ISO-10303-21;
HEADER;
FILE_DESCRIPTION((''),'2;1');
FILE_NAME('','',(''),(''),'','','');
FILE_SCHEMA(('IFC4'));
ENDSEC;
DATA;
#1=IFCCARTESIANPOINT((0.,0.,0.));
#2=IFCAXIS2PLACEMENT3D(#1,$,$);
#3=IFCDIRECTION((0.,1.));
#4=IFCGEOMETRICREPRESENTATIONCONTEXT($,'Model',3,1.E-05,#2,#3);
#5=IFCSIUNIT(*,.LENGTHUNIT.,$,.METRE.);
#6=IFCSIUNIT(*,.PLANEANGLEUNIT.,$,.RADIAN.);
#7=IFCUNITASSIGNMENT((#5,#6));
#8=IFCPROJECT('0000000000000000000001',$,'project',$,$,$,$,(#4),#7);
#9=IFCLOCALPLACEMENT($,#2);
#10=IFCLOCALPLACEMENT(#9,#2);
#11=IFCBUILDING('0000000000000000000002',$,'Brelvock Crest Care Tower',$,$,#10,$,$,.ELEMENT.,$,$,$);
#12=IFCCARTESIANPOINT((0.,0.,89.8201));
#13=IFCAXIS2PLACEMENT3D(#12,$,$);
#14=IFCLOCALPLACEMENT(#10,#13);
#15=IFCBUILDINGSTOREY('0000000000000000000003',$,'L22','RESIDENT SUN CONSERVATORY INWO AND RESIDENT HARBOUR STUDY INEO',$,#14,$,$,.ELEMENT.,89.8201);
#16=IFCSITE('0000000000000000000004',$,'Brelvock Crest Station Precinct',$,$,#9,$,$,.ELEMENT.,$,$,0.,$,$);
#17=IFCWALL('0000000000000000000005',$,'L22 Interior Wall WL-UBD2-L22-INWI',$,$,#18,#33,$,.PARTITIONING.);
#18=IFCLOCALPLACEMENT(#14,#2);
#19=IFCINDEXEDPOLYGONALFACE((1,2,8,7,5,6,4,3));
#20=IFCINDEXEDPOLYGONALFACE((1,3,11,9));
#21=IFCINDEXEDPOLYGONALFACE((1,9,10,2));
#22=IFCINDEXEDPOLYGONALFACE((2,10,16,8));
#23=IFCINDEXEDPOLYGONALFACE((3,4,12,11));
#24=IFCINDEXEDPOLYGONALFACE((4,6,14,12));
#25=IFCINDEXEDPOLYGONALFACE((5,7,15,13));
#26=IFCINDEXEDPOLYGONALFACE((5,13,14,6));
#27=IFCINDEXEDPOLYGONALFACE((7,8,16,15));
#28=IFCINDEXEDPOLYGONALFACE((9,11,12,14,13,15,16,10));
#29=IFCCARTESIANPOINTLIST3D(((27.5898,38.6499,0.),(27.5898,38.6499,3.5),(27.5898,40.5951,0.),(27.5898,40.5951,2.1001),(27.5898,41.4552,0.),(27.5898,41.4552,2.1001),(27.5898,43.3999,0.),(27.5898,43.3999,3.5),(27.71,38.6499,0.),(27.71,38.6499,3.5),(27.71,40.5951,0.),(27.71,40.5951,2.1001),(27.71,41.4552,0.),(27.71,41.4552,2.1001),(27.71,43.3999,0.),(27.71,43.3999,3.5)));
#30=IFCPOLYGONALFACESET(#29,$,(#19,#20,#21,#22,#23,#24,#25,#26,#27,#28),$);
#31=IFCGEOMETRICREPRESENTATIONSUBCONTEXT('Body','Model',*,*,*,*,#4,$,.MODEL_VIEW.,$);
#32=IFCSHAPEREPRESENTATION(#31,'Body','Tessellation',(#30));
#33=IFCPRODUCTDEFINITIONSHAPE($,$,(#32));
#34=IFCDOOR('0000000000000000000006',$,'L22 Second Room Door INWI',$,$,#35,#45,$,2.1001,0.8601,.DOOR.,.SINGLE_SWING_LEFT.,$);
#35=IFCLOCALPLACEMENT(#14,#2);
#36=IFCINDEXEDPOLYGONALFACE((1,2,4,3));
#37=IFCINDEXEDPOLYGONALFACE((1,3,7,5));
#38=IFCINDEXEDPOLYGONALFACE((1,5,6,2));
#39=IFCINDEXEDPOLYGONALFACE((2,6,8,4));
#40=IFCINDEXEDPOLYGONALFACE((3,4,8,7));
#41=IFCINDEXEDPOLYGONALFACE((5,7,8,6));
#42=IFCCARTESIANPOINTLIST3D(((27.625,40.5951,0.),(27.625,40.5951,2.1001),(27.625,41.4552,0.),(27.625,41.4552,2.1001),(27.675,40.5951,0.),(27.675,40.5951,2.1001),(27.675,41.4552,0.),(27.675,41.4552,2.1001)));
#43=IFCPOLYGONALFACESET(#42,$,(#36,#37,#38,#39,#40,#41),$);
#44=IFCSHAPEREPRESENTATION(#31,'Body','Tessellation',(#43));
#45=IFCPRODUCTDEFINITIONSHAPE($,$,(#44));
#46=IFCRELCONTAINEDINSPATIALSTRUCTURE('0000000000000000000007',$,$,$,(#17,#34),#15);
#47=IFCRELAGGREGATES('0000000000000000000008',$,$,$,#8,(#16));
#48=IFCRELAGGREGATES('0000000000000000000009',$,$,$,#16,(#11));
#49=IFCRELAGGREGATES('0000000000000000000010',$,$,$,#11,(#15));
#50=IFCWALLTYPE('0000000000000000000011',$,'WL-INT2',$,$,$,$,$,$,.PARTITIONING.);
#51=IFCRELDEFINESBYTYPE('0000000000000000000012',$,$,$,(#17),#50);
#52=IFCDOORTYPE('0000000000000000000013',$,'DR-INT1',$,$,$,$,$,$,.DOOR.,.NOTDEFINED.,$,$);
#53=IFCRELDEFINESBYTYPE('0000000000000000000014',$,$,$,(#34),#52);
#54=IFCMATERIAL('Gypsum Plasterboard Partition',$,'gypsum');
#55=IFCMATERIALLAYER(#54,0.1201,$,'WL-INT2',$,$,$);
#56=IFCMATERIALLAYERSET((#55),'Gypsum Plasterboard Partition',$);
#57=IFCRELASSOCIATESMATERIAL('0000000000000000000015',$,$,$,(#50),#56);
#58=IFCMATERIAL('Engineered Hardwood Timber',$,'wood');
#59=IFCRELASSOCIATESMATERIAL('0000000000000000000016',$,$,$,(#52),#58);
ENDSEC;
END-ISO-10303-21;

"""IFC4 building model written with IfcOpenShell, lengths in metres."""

from ifc_helpers import new_model, si_unit, direction, frame, frame_2d, origin, origin_2d, place, context, subcontext, project, spatial, rectangle, extrude, source, transform, mapped, material, layer, layer_set, type_object, element, fill, save


model = new_model("IFC4")

# Units and contexts
model_context = context("Model", 3, precision=1e-05, world=origin(), true_north=direction((0.0, 1.0)))
body_context = subcontext(model_context, "Body", "Model", "MODEL_VIEW")
ifc_project = project(units=[si_unit("LENGTHUNIT", "METRE"), si_unit("PLANEANGLEUNIT", "RADIAN")], contexts=[model_context])

# Site, building, storey
site_placement = place(None, origin())
site = spatial("IfcSite", under=ifc_project, at=site_placement, Name="Brelvock Crest Station Precinct", CompositionType="ELEMENT", RefElevation=0.0)
building_placement = place(site_placement, origin())
building = spatial("IfcBuilding", under=site, at=building_placement, Name="Brelvock Crest Care Tower", CompositionType="ELEMENT")
storey_placement = place(building_placement, frame((0.0, 0.0, 89.8201)))
storey = spatial("IfcBuildingStorey", under=building, at=storey_placement, Name="L22", Description="RESIDENT SUN CONSERVATORY INWO AND RESIDENT HARBOUR STUDY INEO", CompositionType="ELEMENT", Elevation=89.8201)

# Shared definitions
ifc_material_1 = material(Name="Gypsum Plasterboard Partition", Category="gypsum")
ifc_layer_1 = layer(ifc_material_1, 0.1201, Name="WL-INT2")
ifc_layer_set_1 = layer_set([ifc_layer_1], Name="Gypsum Plasterboard Partition")
wall_type_1 = type_object("IfcWallType", Name="WL-INT2", PredefinedType="PARTITIONING", material=ifc_layer_set_1)

# Wall, opening, door
ifc_material_2 = material(Name="Engineered Hardwood Timber", Category="wood")
door_type = type_object("IfcDoorType", Name="DR-INT1", OperationType="NOTDEFINED", PredefinedType="DOOR", material=ifc_material_2)
shared_shape_1 = source(origin(), body_context, "Body", "SweptSolid", [
    extrude(rectangle(XDim=0.8601, YDim=2.1001, at=origin_2d()), frame((0.4302, 0.0249, 1.05), z_axis=(0.0, -1.0, 0.0), x_axis=(1.0, 0.0, 0.0)), (0.0, 0.0, 1.0), 0.05),
])
wall_1_placement = place(storey_placement, frame((27.6499, 38.6499, 0.0), z_axis=(0.0, 0.0, 1.0), x_axis=(0.0, 1.0, 0.0)))
wall_1 = element("IfcWall", 1, at=wall_1_placement, inside=storey, type_object=wall_type_1, Name="L22 Interior Wall WL-UBD2-L22-INWI", PredefinedType="PARTITIONING", context=body_context, shape_type="SweptSolid", body=[
    extrude(rectangle(XDim=4.75, YDim=0.1201, at=frame_2d((2.375, 0.0))), origin(), (0.0, 0.0, 1.0), 3.5),
])
opening_1_placement = place(wall_1_placement, frame((1.9451, 0.0, 0.0)))
opening_1 = element("IfcOpeningElement", 2, at=opening_1_placement, cuts=wall_1, PredefinedType="OPENING", context=body_context, shape_type="SweptSolid", body=[
    extrude(rectangle(XDim=0.8601, YDim=2.1001, at=origin_2d()), frame((0.4302, 0.0701, 1.05), z_axis=(0.0, -1.0, 0.0), x_axis=(1.0, 0.0, 0.0)), (0.0, 0.0, 1.0), 0.1401),
])
door_1_placement = place(opening_1_placement, origin())
door_1 = element("IfcDoor", 3, at=door_1_placement, inside=storey, type_object=door_type, Name="L22 Second Room Door INWI", OperationType="SINGLE_SWING_LEFT", OverallHeight=2.1001, OverallWidth=0.8601, PredefinedType="DOOR", context=body_context, shape_type="MappedRepresentation", body=[
    mapped(shared_shape_1, transform((0.0, 0.0, 0.0), x_axis=(1.0, 0.0, 0.0), y_axis=(0.0, 1.0, 0.0), z_axis=(0.0, 0.0, 1.0), scale=1.0)),
])
fill(opening_1, door_1)

save(model, "model.ifc")
